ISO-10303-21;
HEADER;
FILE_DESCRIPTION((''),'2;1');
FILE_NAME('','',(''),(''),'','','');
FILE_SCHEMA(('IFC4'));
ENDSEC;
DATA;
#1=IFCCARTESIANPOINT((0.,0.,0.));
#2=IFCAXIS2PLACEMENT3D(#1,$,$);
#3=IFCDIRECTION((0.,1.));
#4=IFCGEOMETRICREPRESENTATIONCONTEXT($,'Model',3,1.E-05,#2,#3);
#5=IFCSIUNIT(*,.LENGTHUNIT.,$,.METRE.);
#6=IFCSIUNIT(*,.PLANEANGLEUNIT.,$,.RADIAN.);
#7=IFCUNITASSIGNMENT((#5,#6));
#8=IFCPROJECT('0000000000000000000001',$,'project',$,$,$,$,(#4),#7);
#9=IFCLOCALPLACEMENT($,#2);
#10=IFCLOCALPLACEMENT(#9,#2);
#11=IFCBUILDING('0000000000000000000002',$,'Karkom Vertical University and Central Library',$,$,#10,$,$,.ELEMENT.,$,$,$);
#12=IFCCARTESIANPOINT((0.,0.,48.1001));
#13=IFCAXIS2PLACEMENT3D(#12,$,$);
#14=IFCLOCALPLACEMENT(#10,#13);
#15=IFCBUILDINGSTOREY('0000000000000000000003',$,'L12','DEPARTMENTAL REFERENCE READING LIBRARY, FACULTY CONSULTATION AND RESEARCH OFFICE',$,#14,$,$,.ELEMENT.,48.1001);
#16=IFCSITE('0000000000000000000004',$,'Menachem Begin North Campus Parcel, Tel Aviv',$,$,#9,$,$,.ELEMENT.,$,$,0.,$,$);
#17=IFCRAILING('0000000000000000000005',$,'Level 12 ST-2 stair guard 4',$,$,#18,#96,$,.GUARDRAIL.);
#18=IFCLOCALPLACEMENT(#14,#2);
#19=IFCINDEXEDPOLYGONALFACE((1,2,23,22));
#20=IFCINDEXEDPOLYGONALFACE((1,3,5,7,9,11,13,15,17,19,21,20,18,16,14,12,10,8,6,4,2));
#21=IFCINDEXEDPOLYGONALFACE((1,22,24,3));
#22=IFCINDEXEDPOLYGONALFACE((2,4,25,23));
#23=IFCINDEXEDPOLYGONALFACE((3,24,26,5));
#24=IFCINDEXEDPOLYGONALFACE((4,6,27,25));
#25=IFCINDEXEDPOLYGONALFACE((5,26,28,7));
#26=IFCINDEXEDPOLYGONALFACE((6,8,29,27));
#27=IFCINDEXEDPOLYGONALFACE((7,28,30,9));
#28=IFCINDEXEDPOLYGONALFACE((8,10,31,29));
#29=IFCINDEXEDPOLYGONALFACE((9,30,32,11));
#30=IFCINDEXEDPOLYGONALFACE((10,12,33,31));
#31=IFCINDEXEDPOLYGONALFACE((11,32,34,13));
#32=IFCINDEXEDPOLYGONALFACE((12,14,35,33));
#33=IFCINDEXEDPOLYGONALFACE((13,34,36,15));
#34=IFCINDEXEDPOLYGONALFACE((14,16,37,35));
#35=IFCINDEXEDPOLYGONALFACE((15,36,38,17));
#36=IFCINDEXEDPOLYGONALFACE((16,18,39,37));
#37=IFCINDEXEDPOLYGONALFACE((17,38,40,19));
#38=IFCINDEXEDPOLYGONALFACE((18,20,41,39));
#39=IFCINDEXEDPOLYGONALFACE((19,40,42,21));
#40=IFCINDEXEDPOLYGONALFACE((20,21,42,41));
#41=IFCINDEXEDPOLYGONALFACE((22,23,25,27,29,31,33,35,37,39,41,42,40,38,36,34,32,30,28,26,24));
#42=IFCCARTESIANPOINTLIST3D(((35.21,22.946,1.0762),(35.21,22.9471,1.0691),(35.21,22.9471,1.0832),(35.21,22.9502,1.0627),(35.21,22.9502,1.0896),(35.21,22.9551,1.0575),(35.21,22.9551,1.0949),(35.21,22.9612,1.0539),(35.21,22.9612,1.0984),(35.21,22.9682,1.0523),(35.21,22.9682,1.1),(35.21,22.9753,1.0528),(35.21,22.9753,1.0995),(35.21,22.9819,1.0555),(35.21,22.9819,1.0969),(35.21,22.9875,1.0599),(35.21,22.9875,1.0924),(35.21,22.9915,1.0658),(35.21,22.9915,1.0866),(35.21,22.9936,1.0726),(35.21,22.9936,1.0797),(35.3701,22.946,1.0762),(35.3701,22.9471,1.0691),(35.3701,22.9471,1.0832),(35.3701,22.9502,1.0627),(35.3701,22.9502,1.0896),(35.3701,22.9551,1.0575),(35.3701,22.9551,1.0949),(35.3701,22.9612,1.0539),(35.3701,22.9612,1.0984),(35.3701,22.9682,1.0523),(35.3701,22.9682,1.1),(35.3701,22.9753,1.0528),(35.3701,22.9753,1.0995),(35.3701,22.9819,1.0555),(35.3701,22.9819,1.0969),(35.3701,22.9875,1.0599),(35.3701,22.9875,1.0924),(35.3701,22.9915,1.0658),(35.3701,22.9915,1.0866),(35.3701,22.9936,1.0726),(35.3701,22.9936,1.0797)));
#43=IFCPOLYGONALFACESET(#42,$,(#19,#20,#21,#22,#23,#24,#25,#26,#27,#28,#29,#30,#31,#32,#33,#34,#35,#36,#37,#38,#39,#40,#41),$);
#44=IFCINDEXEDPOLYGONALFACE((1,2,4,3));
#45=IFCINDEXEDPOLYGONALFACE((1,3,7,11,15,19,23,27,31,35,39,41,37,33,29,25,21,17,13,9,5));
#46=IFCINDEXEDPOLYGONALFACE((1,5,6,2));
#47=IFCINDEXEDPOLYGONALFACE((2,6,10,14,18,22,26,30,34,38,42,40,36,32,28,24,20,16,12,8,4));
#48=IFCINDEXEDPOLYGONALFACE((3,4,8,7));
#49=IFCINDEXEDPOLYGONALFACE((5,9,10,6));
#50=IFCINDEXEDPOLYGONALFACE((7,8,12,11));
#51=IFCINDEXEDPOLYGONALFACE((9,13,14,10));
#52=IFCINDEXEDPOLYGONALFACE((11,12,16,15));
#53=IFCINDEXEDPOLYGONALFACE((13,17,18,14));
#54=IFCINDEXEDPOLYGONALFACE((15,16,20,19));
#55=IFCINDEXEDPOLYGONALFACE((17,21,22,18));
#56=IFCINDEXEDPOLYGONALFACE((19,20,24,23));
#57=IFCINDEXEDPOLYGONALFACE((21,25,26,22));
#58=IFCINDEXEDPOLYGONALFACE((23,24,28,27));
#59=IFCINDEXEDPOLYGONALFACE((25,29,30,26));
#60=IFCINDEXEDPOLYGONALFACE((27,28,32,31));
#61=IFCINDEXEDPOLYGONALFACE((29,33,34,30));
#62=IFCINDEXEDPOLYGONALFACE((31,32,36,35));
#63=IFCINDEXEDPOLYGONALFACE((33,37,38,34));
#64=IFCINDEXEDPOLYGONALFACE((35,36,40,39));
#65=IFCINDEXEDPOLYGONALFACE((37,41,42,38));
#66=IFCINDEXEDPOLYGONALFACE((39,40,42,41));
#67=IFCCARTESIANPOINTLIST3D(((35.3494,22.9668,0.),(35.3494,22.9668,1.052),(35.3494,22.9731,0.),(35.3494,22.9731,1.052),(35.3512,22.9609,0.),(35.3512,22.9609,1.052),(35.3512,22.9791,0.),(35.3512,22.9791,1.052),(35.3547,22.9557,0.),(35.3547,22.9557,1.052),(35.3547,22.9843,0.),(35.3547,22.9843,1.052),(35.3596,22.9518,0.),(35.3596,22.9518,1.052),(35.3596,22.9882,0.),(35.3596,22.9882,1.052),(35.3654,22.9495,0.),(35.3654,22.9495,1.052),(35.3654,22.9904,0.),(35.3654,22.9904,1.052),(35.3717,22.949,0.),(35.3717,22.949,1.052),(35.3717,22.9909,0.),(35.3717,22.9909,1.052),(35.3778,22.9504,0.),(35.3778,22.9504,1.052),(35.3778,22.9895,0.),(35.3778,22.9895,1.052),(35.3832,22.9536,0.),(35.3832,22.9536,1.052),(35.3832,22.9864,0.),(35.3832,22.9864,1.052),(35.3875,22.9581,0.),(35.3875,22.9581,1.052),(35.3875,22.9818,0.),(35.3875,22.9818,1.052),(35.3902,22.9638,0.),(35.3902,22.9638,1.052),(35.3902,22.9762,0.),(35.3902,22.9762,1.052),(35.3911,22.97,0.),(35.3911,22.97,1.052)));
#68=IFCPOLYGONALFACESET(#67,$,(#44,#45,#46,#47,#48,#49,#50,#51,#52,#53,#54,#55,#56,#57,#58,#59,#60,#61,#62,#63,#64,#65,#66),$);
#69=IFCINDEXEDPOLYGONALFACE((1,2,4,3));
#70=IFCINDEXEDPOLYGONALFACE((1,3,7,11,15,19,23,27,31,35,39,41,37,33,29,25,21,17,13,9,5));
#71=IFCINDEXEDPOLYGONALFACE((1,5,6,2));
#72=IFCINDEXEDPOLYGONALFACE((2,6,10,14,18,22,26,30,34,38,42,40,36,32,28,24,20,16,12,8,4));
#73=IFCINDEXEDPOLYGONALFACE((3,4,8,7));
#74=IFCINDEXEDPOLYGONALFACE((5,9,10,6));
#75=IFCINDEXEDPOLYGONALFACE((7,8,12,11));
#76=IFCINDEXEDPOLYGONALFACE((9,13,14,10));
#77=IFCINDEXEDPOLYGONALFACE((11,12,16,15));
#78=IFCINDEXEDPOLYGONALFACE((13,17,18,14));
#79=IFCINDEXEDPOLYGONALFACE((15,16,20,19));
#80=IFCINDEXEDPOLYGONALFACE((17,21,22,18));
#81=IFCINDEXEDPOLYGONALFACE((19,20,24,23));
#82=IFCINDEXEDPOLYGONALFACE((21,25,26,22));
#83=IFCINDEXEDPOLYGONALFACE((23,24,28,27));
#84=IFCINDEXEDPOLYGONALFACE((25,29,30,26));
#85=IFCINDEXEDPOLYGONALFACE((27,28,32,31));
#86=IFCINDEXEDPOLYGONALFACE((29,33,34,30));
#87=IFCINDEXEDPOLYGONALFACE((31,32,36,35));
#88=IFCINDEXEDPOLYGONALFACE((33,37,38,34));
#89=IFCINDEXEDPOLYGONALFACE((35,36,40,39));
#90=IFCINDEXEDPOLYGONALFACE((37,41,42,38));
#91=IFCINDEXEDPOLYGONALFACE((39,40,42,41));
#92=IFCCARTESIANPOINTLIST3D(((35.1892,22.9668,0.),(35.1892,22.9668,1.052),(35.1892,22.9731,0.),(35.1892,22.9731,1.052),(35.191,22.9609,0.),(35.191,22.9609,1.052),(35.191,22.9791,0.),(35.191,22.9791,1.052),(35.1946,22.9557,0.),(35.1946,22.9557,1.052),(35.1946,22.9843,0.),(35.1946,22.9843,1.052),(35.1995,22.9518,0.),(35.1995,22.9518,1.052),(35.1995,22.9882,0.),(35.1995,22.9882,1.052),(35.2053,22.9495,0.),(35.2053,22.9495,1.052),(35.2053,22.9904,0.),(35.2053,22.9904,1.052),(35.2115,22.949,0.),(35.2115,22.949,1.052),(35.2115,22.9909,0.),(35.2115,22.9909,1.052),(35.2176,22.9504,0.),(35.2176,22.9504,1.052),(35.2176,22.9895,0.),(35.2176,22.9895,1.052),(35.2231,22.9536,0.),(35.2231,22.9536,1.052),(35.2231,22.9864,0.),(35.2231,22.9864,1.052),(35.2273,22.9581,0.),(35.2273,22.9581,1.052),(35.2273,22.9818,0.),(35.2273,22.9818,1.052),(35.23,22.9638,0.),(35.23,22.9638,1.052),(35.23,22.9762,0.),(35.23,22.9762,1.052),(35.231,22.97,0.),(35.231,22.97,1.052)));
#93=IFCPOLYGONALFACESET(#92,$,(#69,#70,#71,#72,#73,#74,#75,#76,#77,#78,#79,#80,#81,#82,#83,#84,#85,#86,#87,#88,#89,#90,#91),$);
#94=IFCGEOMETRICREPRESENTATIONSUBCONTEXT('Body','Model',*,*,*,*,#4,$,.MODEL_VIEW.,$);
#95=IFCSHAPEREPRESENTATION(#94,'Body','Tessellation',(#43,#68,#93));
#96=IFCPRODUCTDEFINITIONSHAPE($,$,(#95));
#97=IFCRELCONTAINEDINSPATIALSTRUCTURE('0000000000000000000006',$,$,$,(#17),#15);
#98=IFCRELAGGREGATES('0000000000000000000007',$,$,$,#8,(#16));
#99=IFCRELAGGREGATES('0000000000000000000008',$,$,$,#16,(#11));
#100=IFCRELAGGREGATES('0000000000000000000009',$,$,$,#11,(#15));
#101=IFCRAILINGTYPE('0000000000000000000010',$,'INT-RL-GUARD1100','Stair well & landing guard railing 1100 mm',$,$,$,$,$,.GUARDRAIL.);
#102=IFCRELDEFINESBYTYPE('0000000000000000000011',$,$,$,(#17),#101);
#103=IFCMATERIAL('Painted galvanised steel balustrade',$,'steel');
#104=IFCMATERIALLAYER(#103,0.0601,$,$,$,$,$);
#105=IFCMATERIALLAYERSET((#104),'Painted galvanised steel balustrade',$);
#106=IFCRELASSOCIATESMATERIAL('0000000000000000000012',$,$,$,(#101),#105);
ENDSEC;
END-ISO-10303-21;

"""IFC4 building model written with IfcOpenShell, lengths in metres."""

from ifc_helpers import new_model, si_unit, direction, frame, origin, origin_2d, place, context, subcontext, project, spatial, circle, extrude, material, layer, layer_set, type_object, element, save


model = new_model("IFC4")

# Units and contexts
model_context = context("Model", 3, precision=1e-05, world=origin(), true_north=direction((0.0, 1.0)))
body_context = subcontext(model_context, "Body", "Model", "MODEL_VIEW")
ifc_project = project(units=[si_unit("LENGTHUNIT", "METRE"), si_unit("PLANEANGLEUNIT", "RADIAN")], contexts=[model_context])

# Site, building, storey
site_placement = place(None, origin())
site = spatial("IfcSite", under=ifc_project, at=site_placement, Name="Menachem Begin North Campus Parcel, Tel Aviv", CompositionType="ELEMENT", RefElevation=0.0)
building_placement = place(site_placement, origin())
building = spatial("IfcBuilding", under=site, at=building_placement, Name="Karkom Vertical University and Central Library", CompositionType="ELEMENT")
storey_placement = place(building_placement, frame((0.0, 0.0, 48.1001)))
storey = spatial("IfcBuildingStorey", under=building, at=storey_placement, Name="L12", Description="DEPARTMENTAL REFERENCE READING LIBRARY, FACULTY CONSULTATION AND RESEARCH OFFICE", CompositionType="ELEMENT", Elevation=48.1001)

# Railing
ifc_material_1 = material(Name="Painted galvanised steel balustrade", Category="steel")
ifc_layer_1 = layer(ifc_material_1, 0.0601)
ifc_layer_set_1 = layer_set([ifc_layer_1], Name="Painted galvanised steel balustrade")
railing_type_1 = type_object("IfcRailingType", Name="INT-RL-GUARD1100", Description="Stair well & landing guard railing 1100 mm", PredefinedType="GUARDRAIL", material=ifc_layer_set_1)
railing_1_placement = place(storey_placement, frame((35.3701, 22.97, 0.0)))
element("IfcRailing", 1, at=railing_1_placement, inside=storey, type_object=railing_type_1, Name="Level 12 ST-2 stair guard 4", PredefinedType="GUARDRAIL", context=body_context, shape_type="SweptSolid", body=[
    extrude(circle(Radius=0.0239, at=origin_2d()), frame((0.0, 0.0, 1.0762), z_axis=(-1.0, 0.0, 0.0), x_axis=(0.0, -1.0, 0.0)), (0.0, 0.0, 1.0), 0.1602),
    extrude(circle(Radius=0.021, at=origin_2d()), origin(), (0.0, 0.0, 1.0), 1.052),
    extrude(circle(Radius=0.021, at=origin_2d()), frame((-0.1602, 0.0, 0.0)), (0.0, 0.0, 1.0), 1.052),
])

save(model, "model.ifc")
